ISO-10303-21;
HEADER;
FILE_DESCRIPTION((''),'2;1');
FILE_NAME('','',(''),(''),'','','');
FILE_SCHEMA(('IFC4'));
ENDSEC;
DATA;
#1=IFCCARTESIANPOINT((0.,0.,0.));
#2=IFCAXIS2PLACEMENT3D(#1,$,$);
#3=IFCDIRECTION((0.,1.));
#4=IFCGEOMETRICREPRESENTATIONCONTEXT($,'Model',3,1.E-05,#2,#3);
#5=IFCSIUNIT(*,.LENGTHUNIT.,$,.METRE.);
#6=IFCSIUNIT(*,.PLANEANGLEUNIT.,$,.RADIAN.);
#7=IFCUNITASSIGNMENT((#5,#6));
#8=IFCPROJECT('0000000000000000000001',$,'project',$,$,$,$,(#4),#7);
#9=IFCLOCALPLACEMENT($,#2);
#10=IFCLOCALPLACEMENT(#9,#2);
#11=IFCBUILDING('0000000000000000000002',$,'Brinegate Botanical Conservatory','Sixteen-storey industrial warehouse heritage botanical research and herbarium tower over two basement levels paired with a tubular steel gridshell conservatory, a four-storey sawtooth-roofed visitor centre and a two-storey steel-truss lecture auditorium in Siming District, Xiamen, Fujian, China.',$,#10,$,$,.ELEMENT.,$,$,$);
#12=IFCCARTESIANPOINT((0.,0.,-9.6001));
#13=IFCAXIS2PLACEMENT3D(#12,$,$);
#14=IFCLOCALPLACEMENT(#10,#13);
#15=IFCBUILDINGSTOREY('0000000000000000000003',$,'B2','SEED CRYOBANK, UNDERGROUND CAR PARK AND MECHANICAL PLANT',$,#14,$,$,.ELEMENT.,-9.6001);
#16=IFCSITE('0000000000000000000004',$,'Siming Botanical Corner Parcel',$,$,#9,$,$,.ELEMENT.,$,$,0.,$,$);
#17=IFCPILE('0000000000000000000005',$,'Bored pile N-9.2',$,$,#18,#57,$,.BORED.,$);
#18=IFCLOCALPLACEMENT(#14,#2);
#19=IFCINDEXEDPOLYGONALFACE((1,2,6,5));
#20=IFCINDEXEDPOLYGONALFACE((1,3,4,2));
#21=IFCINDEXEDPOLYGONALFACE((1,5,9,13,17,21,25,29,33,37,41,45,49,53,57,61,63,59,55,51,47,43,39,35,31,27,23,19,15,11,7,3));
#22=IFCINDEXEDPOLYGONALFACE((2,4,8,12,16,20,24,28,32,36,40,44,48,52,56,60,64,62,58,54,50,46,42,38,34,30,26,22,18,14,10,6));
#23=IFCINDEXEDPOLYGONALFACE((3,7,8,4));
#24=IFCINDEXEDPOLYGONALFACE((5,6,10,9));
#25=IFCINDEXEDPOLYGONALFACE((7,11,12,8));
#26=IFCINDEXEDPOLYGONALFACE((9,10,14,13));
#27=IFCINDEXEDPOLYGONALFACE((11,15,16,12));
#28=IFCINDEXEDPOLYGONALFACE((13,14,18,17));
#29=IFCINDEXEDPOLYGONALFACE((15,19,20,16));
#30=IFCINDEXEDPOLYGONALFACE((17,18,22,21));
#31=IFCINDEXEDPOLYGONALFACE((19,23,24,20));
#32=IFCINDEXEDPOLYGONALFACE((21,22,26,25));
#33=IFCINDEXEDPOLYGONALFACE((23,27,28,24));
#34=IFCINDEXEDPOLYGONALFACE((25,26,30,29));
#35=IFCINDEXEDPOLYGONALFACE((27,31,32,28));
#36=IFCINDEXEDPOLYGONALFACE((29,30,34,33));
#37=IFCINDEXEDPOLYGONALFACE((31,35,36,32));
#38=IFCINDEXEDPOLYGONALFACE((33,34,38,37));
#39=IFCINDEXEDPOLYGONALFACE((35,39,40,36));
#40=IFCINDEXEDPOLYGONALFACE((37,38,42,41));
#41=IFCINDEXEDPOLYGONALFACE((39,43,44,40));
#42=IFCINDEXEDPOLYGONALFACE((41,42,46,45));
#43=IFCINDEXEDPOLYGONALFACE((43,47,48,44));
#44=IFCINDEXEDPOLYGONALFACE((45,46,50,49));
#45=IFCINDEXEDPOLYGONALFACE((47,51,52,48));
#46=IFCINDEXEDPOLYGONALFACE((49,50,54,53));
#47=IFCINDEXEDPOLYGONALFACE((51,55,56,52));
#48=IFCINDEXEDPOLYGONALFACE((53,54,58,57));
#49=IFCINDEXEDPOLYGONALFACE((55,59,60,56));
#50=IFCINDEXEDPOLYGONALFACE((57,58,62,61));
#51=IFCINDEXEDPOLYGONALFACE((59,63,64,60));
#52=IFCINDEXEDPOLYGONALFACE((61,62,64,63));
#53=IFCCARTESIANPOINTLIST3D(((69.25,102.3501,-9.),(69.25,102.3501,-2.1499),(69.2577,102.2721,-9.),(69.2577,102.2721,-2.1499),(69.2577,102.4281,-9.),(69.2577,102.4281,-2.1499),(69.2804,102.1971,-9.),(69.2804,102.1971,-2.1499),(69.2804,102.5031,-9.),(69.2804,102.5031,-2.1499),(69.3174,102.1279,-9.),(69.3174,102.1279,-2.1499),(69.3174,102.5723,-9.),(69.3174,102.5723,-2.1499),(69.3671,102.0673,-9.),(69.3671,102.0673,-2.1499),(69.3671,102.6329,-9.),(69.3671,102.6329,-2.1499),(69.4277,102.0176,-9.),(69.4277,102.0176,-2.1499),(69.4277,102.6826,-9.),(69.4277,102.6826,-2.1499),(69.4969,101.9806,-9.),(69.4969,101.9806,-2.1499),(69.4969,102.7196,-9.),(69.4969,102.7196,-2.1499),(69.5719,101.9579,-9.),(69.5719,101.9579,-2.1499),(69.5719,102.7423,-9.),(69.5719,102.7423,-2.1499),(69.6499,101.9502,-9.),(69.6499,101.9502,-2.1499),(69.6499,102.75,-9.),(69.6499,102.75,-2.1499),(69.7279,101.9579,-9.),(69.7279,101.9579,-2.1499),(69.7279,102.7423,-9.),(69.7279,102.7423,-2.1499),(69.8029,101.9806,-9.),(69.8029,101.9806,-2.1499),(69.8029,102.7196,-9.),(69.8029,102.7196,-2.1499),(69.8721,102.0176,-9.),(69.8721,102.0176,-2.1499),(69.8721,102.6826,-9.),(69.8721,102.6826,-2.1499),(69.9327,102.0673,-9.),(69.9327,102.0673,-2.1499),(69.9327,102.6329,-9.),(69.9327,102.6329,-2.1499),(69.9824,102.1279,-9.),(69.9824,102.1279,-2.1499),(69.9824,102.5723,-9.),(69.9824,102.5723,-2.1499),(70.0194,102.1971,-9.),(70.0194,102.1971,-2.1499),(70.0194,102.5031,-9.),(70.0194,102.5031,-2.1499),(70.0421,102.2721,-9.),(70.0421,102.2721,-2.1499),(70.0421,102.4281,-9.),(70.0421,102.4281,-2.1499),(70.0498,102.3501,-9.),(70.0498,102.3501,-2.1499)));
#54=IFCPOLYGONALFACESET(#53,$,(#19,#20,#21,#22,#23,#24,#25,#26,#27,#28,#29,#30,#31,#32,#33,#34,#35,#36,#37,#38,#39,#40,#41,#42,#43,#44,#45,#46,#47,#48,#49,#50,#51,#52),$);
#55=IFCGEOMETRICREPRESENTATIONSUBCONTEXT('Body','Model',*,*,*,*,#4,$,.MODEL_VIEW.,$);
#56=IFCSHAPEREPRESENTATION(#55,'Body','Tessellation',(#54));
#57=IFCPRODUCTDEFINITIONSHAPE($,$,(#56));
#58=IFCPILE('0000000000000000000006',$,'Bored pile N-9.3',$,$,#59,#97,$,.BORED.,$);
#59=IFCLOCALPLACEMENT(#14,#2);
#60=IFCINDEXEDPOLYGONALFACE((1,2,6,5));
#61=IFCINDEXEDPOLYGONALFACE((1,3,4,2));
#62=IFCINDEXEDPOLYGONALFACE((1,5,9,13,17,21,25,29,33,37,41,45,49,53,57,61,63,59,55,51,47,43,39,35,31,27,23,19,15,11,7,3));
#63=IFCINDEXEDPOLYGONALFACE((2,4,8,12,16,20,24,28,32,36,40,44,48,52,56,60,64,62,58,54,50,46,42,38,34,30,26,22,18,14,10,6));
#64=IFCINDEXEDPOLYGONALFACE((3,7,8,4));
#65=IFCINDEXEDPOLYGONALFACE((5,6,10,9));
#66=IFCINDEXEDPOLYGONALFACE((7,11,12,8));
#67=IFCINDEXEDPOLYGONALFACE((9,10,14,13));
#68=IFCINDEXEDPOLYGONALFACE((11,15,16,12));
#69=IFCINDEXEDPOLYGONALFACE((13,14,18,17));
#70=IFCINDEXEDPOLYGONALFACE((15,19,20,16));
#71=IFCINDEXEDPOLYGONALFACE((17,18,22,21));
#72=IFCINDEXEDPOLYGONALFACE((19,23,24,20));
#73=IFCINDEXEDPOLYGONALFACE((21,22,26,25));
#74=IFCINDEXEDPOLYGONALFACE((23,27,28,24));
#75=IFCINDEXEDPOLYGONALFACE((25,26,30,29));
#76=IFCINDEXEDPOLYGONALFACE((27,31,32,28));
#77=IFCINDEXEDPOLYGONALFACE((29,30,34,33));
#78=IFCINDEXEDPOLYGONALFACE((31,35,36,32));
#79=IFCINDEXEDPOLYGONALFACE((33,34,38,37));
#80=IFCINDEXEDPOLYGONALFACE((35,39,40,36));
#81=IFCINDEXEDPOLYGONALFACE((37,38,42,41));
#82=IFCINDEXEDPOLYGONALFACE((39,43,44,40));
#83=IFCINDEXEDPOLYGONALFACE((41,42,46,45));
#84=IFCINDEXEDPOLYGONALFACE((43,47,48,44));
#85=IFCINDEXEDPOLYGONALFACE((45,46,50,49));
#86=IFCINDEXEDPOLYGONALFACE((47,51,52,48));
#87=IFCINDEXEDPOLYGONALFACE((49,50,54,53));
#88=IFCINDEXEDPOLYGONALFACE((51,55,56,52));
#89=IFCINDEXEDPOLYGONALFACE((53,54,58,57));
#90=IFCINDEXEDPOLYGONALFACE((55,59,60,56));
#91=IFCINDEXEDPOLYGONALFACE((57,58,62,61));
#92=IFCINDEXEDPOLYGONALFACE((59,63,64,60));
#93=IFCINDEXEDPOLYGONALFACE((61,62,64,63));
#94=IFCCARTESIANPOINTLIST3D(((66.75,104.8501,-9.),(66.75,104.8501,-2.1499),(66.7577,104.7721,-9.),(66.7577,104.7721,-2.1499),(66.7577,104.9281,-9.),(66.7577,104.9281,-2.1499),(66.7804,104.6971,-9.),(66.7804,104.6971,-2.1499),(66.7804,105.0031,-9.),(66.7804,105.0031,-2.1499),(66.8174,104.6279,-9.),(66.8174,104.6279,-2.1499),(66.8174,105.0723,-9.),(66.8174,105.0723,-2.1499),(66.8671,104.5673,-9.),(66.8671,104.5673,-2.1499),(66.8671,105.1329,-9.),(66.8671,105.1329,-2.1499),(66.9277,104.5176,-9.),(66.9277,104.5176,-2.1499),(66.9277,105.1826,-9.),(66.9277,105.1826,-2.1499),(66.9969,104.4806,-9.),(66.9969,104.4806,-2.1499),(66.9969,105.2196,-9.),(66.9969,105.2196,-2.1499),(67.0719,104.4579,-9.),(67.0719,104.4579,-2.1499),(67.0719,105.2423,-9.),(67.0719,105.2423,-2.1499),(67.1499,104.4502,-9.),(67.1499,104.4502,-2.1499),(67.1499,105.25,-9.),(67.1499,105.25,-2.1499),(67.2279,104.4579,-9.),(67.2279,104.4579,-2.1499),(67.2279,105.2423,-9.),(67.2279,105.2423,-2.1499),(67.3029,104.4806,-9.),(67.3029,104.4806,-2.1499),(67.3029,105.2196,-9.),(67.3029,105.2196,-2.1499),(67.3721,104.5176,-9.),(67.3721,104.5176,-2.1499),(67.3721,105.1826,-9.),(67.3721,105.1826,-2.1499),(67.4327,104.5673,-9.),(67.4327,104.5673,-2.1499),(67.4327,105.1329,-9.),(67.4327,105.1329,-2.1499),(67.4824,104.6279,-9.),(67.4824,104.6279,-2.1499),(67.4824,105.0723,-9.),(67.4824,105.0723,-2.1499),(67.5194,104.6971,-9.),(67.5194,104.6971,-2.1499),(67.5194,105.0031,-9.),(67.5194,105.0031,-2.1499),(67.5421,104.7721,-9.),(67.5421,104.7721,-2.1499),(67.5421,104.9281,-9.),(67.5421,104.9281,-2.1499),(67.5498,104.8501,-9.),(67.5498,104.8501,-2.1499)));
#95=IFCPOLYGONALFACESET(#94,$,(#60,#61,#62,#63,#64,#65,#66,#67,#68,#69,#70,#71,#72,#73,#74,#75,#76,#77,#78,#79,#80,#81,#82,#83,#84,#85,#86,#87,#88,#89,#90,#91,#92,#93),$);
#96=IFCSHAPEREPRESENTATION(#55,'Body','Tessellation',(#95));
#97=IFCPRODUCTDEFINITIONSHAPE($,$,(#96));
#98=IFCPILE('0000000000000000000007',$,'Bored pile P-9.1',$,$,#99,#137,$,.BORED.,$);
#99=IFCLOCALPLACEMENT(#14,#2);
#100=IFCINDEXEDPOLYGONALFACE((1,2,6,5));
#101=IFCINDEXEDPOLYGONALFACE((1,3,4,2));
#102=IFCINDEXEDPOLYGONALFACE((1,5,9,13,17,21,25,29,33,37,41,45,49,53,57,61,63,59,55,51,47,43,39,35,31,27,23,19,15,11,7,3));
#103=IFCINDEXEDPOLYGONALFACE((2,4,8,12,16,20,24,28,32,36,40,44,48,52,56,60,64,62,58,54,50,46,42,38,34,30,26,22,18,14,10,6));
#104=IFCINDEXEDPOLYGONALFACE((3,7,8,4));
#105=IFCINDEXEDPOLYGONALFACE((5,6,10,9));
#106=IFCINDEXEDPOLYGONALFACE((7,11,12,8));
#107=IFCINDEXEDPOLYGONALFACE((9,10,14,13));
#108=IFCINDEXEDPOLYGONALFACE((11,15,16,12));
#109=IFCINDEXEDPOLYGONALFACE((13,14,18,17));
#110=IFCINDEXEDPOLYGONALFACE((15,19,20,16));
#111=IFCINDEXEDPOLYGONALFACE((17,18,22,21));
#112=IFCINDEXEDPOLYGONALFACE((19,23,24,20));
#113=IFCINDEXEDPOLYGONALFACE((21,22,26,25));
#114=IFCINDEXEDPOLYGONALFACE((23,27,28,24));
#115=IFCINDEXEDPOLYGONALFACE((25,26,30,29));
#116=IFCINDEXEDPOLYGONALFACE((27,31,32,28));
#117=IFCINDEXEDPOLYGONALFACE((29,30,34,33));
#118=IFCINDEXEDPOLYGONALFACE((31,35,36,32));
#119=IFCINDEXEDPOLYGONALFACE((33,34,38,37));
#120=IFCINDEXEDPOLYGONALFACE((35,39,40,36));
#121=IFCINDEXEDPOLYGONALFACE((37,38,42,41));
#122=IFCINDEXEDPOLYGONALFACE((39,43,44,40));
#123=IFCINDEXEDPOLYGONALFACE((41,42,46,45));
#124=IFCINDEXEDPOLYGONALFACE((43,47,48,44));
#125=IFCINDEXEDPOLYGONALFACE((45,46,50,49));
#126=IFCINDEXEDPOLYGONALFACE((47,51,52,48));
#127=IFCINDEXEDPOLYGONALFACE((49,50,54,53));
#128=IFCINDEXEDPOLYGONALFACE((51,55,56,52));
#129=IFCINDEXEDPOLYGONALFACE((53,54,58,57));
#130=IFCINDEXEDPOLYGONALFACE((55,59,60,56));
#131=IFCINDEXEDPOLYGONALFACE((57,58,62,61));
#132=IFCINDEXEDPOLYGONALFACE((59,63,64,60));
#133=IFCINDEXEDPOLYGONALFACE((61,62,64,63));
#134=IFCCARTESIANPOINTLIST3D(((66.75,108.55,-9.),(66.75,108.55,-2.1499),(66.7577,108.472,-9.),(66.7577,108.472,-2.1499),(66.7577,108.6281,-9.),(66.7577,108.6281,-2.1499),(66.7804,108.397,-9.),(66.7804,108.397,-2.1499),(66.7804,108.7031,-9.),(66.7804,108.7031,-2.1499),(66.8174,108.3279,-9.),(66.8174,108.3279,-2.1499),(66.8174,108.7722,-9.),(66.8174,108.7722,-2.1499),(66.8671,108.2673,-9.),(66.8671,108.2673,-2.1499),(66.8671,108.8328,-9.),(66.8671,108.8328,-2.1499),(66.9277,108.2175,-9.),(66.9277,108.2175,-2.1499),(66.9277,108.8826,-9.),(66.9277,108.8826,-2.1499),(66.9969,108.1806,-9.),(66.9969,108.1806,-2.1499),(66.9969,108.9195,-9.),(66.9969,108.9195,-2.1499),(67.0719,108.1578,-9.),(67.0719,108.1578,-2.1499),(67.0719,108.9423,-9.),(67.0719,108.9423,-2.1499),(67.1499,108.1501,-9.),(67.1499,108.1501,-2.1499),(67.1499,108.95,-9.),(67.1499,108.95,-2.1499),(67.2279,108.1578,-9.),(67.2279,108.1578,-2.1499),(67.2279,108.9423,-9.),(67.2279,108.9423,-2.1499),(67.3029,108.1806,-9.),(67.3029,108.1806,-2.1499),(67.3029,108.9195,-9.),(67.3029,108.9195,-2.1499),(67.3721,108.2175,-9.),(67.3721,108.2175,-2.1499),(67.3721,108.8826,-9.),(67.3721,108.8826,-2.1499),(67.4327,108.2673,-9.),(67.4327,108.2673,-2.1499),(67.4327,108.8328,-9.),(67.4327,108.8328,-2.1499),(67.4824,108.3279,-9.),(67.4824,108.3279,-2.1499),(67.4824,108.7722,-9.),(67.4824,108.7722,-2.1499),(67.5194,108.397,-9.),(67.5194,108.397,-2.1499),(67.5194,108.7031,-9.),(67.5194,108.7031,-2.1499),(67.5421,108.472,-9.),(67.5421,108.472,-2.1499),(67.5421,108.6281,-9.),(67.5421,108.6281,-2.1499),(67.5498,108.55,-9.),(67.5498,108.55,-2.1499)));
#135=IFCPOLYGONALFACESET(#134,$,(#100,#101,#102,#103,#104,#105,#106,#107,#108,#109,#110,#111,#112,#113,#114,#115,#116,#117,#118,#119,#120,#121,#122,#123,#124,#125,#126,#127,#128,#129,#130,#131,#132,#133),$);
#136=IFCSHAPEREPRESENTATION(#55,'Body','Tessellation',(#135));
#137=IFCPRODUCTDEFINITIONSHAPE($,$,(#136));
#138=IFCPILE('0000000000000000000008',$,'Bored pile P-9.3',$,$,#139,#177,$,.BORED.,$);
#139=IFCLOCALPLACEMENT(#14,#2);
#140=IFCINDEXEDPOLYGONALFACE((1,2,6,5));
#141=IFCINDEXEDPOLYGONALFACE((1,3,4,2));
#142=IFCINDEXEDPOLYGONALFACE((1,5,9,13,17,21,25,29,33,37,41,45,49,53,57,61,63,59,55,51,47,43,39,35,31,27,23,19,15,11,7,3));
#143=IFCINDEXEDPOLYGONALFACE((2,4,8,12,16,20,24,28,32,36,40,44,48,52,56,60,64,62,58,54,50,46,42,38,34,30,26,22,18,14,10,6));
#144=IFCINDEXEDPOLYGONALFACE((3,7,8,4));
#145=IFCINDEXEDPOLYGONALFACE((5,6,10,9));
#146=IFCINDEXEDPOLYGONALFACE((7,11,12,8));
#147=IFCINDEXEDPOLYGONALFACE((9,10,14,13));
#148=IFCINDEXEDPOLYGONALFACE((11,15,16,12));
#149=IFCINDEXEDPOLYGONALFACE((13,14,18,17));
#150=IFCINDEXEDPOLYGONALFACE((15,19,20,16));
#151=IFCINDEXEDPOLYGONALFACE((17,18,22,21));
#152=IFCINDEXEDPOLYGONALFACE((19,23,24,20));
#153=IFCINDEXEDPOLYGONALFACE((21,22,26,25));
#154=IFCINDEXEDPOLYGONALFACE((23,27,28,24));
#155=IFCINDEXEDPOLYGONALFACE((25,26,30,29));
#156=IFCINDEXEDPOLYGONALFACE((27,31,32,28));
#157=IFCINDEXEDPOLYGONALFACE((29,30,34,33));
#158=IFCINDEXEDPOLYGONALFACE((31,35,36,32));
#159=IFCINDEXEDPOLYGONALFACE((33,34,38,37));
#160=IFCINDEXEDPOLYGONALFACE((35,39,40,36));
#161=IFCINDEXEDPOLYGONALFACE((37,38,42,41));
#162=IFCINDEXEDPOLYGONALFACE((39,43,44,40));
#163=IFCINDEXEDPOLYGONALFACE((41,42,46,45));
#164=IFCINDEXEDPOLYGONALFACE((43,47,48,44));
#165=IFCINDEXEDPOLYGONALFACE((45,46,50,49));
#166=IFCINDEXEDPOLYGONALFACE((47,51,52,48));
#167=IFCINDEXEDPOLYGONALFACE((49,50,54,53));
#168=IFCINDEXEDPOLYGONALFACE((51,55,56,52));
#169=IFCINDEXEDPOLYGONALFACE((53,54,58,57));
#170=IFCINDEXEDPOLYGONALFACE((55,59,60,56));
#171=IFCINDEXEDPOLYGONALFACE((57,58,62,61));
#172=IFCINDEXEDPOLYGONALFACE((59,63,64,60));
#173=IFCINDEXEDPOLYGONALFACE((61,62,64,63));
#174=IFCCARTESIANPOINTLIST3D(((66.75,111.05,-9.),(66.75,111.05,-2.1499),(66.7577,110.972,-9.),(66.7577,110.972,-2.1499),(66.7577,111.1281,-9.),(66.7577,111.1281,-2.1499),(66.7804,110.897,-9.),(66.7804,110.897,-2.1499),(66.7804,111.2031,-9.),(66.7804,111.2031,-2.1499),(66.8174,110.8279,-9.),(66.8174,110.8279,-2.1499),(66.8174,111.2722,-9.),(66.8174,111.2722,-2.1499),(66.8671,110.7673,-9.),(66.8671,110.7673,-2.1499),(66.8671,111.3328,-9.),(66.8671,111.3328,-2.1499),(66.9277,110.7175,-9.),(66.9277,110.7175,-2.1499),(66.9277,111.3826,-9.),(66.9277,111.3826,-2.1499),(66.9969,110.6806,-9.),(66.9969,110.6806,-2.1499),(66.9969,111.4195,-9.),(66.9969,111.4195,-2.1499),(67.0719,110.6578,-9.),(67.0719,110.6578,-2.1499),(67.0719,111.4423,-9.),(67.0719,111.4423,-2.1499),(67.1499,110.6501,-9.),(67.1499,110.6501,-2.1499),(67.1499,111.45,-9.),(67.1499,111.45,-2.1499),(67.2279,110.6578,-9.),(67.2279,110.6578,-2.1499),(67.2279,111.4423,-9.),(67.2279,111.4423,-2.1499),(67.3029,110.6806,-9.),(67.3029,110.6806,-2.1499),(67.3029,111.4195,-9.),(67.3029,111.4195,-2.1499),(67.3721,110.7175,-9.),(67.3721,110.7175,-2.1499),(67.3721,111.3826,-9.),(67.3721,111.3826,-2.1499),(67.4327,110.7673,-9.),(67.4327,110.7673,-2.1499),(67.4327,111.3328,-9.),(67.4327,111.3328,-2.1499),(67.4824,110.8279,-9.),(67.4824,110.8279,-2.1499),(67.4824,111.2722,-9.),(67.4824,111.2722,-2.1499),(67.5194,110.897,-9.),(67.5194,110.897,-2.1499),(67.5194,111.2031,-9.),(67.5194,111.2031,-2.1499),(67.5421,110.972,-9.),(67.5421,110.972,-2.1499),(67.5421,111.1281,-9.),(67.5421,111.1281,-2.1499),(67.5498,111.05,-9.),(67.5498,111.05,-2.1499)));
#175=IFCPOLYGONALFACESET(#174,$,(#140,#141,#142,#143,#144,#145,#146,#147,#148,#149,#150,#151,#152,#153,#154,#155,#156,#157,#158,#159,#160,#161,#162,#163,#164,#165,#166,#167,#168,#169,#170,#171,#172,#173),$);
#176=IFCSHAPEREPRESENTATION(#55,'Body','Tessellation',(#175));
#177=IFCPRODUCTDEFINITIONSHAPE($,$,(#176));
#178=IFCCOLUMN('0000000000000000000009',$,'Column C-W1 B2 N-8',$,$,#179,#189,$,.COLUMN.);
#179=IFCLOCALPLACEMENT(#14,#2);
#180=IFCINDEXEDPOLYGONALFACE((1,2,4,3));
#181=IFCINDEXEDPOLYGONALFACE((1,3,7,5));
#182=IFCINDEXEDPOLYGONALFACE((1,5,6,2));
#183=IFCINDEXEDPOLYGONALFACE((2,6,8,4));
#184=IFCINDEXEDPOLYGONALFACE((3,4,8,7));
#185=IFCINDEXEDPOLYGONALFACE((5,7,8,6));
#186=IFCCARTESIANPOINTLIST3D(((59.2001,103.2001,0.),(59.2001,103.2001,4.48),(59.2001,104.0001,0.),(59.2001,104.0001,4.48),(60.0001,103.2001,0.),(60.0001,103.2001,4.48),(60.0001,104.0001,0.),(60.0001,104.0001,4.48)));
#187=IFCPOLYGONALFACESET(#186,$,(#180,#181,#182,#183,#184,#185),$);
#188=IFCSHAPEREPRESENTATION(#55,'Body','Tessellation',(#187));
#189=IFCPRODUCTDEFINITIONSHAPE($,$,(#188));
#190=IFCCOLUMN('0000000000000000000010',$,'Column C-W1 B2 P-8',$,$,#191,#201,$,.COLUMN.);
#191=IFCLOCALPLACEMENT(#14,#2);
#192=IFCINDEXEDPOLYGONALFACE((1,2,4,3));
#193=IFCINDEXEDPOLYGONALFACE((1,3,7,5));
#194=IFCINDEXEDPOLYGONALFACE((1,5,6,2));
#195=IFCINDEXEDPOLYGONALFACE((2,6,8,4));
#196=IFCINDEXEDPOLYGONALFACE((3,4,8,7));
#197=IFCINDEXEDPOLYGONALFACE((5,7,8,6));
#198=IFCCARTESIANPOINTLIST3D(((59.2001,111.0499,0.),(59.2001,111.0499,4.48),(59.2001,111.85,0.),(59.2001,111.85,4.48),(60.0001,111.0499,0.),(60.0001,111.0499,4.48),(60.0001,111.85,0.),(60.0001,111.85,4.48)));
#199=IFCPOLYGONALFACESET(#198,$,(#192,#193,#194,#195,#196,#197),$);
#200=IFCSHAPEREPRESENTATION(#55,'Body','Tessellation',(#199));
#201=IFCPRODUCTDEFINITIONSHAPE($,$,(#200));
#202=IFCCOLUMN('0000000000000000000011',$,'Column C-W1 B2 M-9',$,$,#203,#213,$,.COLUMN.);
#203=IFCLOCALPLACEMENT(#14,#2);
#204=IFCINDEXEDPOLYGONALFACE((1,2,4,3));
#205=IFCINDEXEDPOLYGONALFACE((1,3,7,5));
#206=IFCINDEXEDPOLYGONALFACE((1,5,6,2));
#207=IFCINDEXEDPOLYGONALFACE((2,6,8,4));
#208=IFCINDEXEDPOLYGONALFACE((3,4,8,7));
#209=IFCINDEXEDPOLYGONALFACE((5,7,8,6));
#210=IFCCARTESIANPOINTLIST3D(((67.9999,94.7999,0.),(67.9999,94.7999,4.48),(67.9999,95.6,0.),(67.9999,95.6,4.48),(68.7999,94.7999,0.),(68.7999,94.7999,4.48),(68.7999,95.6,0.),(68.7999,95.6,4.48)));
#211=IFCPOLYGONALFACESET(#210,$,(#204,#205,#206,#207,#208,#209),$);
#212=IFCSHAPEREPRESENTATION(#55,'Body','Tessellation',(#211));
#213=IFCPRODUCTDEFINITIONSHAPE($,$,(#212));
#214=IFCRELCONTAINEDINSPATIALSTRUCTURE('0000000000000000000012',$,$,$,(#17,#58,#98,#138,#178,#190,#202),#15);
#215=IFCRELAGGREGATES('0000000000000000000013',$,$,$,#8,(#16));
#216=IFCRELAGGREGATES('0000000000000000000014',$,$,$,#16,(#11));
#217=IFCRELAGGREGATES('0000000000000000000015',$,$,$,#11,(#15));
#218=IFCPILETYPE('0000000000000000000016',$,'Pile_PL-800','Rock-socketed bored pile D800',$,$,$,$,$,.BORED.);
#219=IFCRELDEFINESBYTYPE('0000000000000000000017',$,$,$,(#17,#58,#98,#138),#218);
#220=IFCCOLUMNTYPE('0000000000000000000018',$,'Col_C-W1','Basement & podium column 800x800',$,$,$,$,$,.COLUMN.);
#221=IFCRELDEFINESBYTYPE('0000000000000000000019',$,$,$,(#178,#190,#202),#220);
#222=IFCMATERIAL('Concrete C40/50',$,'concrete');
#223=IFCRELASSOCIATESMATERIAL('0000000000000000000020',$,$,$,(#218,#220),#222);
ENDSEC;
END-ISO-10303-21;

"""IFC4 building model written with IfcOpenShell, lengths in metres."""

from ifc_helpers import new_model, si_unit, direction, frame, origin, origin_2d, place, context, subcontext, project, spatial, rectangle, circle, extrude, material, material_profile, profile_set, type_object, element, save


model = new_model("IFC4")

# Units and contexts
model_context = context("Model", 3, precision=1e-05, world=origin(), true_north=direction((0.0, 1.0)))
body_context = subcontext(model_context, "Body", "Model", "MODEL_VIEW")
ifc_project = project(units=[si_unit("LENGTHUNIT", "METRE"), si_unit("PLANEANGLEUNIT", "RADIAN")], contexts=[model_context])

# Site, building, storey
site_placement = place(None, origin())
site = spatial("IfcSite", under=ifc_project, at=site_placement, Name="Siming Botanical Corner Parcel", CompositionType="ELEMENT", RefElevation=0.0)
building_placement = place(site_placement, origin())
building = spatial("IfcBuilding", under=site, at=building_placement, Name="Brinegate Botanical Conservatory", Description="Sixteen-storey industrial warehouse heritage botanical research and herbarium tower over two basement levels paired with a tubular steel gridshell conservatory, a four-storey sawtooth-roofed visitor centre and a two-storey steel-truss lecture auditorium in Siming District, Xiamen, Fujian, China.", CompositionType="ELEMENT")
storey_placement = place(building_placement, frame((0.0, 0.0, -9.6001)))
storey = spatial("IfcBuildingStorey", under=building, at=storey_placement, Name="B2", Description="SEED CRYOBANK, UNDERGROUND CAR PARK AND MECHANICAL PLANT", CompositionType="ELEMENT", Elevation=-9.6001)

# Shared definitions
ifc_material = material(Name="Concrete C40/50", Category="concrete")

# Piles
ifc_material_profile_1 = material_profile(ifc_material, circle(Radius=0.3999, at=origin_2d()), Name="PILE D800")
ifc_profile_set_1 = profile_set([ifc_material_profile_1], Name="Concrete C40/50")
pile_type = type_object("IfcPileType", Name="Pile_PL-800", Description="Rock-socketed bored pile D800", PredefinedType="BORED", material=ifc_profile_set_1)
for number, where, z_axis, x_axis, name in (
    (1, (69.6499, 102.3501, -2.1499), (0.0, 0.0, -1.0), (1.0, 0.0, 0.0), "Bored pile N-9.2"),
    (2, (67.1499, 104.8501, -2.1499), (0.0, 0.0, -1.0), (1.0, 0.0, 0.0), "Bored pile N-9.3"),
    (3, (67.1499, 108.55, -2.1499), (0.0, 0.0, -1.0), (1.0, 0.0, 0.0), "Bored pile P-9.1"),
    (4, (67.1499, 111.05, -2.1499), (0.0, 0.0, -1.0), (1.0, 0.0, 0.0), "Bored pile P-9.3"),
):
    element("IfcPile", number, at=place(storey_placement, frame(where, z_axis=z_axis, x_axis=x_axis)), inside=storey, type_object=pile_type, Name=name, PredefinedType="BORED", context=body_context, shape_type="SweptSolid", body=[
        extrude(circle(Radius=0.3999, at=origin_2d()), origin(), (0.0, 0.0, 1.0), 6.8501),
    ])

# Columns
ifc_material_profile_2 = material_profile(ifc_material, rectangle(XDim=0.8, YDim=0.8, at=origin_2d()), Name="RC COL 800x800")
ifc_profile_set_2 = profile_set([ifc_material_profile_2], Name="Concrete C40/50")
column_type = type_object("IfcColumnType", Name="Col_C-W1", Description="Basement & podium column 800x800", PredefinedType="COLUMN", material=ifc_profile_set_2)
for number, where, z_axis, x_axis, name in (
    (5, (59.6001, 103.6001, 0.0), (0.0, 0.0, 1.0), (1.0, 0.0, 0.0), "Column C-W1 B2 N-8"),
    (6, (59.6001, 111.45, 0.0), (0.0, 0.0, 1.0), (1.0, 0.0, 0.0), "Column C-W1 B2 P-8"),
    (7, (68.3999, 95.2, 0.0), (0.0, 0.0, 1.0), (1.0, 0.0, 0.0), "Column C-W1 B2 M-9"),
):
    element("IfcColumn", number, at=place(storey_placement, frame(where, z_axis=z_axis, x_axis=x_axis)), inside=storey, type_object=column_type, Name=name, PredefinedType="COLUMN", context=body_context, shape_type="SweptSolid", body=[
        extrude(rectangle(XDim=0.8, YDim=0.8, at=origin_2d()), origin(), (0.0, 0.0, 1.0), 4.48),
    ])

save(model, "model.ifc")
